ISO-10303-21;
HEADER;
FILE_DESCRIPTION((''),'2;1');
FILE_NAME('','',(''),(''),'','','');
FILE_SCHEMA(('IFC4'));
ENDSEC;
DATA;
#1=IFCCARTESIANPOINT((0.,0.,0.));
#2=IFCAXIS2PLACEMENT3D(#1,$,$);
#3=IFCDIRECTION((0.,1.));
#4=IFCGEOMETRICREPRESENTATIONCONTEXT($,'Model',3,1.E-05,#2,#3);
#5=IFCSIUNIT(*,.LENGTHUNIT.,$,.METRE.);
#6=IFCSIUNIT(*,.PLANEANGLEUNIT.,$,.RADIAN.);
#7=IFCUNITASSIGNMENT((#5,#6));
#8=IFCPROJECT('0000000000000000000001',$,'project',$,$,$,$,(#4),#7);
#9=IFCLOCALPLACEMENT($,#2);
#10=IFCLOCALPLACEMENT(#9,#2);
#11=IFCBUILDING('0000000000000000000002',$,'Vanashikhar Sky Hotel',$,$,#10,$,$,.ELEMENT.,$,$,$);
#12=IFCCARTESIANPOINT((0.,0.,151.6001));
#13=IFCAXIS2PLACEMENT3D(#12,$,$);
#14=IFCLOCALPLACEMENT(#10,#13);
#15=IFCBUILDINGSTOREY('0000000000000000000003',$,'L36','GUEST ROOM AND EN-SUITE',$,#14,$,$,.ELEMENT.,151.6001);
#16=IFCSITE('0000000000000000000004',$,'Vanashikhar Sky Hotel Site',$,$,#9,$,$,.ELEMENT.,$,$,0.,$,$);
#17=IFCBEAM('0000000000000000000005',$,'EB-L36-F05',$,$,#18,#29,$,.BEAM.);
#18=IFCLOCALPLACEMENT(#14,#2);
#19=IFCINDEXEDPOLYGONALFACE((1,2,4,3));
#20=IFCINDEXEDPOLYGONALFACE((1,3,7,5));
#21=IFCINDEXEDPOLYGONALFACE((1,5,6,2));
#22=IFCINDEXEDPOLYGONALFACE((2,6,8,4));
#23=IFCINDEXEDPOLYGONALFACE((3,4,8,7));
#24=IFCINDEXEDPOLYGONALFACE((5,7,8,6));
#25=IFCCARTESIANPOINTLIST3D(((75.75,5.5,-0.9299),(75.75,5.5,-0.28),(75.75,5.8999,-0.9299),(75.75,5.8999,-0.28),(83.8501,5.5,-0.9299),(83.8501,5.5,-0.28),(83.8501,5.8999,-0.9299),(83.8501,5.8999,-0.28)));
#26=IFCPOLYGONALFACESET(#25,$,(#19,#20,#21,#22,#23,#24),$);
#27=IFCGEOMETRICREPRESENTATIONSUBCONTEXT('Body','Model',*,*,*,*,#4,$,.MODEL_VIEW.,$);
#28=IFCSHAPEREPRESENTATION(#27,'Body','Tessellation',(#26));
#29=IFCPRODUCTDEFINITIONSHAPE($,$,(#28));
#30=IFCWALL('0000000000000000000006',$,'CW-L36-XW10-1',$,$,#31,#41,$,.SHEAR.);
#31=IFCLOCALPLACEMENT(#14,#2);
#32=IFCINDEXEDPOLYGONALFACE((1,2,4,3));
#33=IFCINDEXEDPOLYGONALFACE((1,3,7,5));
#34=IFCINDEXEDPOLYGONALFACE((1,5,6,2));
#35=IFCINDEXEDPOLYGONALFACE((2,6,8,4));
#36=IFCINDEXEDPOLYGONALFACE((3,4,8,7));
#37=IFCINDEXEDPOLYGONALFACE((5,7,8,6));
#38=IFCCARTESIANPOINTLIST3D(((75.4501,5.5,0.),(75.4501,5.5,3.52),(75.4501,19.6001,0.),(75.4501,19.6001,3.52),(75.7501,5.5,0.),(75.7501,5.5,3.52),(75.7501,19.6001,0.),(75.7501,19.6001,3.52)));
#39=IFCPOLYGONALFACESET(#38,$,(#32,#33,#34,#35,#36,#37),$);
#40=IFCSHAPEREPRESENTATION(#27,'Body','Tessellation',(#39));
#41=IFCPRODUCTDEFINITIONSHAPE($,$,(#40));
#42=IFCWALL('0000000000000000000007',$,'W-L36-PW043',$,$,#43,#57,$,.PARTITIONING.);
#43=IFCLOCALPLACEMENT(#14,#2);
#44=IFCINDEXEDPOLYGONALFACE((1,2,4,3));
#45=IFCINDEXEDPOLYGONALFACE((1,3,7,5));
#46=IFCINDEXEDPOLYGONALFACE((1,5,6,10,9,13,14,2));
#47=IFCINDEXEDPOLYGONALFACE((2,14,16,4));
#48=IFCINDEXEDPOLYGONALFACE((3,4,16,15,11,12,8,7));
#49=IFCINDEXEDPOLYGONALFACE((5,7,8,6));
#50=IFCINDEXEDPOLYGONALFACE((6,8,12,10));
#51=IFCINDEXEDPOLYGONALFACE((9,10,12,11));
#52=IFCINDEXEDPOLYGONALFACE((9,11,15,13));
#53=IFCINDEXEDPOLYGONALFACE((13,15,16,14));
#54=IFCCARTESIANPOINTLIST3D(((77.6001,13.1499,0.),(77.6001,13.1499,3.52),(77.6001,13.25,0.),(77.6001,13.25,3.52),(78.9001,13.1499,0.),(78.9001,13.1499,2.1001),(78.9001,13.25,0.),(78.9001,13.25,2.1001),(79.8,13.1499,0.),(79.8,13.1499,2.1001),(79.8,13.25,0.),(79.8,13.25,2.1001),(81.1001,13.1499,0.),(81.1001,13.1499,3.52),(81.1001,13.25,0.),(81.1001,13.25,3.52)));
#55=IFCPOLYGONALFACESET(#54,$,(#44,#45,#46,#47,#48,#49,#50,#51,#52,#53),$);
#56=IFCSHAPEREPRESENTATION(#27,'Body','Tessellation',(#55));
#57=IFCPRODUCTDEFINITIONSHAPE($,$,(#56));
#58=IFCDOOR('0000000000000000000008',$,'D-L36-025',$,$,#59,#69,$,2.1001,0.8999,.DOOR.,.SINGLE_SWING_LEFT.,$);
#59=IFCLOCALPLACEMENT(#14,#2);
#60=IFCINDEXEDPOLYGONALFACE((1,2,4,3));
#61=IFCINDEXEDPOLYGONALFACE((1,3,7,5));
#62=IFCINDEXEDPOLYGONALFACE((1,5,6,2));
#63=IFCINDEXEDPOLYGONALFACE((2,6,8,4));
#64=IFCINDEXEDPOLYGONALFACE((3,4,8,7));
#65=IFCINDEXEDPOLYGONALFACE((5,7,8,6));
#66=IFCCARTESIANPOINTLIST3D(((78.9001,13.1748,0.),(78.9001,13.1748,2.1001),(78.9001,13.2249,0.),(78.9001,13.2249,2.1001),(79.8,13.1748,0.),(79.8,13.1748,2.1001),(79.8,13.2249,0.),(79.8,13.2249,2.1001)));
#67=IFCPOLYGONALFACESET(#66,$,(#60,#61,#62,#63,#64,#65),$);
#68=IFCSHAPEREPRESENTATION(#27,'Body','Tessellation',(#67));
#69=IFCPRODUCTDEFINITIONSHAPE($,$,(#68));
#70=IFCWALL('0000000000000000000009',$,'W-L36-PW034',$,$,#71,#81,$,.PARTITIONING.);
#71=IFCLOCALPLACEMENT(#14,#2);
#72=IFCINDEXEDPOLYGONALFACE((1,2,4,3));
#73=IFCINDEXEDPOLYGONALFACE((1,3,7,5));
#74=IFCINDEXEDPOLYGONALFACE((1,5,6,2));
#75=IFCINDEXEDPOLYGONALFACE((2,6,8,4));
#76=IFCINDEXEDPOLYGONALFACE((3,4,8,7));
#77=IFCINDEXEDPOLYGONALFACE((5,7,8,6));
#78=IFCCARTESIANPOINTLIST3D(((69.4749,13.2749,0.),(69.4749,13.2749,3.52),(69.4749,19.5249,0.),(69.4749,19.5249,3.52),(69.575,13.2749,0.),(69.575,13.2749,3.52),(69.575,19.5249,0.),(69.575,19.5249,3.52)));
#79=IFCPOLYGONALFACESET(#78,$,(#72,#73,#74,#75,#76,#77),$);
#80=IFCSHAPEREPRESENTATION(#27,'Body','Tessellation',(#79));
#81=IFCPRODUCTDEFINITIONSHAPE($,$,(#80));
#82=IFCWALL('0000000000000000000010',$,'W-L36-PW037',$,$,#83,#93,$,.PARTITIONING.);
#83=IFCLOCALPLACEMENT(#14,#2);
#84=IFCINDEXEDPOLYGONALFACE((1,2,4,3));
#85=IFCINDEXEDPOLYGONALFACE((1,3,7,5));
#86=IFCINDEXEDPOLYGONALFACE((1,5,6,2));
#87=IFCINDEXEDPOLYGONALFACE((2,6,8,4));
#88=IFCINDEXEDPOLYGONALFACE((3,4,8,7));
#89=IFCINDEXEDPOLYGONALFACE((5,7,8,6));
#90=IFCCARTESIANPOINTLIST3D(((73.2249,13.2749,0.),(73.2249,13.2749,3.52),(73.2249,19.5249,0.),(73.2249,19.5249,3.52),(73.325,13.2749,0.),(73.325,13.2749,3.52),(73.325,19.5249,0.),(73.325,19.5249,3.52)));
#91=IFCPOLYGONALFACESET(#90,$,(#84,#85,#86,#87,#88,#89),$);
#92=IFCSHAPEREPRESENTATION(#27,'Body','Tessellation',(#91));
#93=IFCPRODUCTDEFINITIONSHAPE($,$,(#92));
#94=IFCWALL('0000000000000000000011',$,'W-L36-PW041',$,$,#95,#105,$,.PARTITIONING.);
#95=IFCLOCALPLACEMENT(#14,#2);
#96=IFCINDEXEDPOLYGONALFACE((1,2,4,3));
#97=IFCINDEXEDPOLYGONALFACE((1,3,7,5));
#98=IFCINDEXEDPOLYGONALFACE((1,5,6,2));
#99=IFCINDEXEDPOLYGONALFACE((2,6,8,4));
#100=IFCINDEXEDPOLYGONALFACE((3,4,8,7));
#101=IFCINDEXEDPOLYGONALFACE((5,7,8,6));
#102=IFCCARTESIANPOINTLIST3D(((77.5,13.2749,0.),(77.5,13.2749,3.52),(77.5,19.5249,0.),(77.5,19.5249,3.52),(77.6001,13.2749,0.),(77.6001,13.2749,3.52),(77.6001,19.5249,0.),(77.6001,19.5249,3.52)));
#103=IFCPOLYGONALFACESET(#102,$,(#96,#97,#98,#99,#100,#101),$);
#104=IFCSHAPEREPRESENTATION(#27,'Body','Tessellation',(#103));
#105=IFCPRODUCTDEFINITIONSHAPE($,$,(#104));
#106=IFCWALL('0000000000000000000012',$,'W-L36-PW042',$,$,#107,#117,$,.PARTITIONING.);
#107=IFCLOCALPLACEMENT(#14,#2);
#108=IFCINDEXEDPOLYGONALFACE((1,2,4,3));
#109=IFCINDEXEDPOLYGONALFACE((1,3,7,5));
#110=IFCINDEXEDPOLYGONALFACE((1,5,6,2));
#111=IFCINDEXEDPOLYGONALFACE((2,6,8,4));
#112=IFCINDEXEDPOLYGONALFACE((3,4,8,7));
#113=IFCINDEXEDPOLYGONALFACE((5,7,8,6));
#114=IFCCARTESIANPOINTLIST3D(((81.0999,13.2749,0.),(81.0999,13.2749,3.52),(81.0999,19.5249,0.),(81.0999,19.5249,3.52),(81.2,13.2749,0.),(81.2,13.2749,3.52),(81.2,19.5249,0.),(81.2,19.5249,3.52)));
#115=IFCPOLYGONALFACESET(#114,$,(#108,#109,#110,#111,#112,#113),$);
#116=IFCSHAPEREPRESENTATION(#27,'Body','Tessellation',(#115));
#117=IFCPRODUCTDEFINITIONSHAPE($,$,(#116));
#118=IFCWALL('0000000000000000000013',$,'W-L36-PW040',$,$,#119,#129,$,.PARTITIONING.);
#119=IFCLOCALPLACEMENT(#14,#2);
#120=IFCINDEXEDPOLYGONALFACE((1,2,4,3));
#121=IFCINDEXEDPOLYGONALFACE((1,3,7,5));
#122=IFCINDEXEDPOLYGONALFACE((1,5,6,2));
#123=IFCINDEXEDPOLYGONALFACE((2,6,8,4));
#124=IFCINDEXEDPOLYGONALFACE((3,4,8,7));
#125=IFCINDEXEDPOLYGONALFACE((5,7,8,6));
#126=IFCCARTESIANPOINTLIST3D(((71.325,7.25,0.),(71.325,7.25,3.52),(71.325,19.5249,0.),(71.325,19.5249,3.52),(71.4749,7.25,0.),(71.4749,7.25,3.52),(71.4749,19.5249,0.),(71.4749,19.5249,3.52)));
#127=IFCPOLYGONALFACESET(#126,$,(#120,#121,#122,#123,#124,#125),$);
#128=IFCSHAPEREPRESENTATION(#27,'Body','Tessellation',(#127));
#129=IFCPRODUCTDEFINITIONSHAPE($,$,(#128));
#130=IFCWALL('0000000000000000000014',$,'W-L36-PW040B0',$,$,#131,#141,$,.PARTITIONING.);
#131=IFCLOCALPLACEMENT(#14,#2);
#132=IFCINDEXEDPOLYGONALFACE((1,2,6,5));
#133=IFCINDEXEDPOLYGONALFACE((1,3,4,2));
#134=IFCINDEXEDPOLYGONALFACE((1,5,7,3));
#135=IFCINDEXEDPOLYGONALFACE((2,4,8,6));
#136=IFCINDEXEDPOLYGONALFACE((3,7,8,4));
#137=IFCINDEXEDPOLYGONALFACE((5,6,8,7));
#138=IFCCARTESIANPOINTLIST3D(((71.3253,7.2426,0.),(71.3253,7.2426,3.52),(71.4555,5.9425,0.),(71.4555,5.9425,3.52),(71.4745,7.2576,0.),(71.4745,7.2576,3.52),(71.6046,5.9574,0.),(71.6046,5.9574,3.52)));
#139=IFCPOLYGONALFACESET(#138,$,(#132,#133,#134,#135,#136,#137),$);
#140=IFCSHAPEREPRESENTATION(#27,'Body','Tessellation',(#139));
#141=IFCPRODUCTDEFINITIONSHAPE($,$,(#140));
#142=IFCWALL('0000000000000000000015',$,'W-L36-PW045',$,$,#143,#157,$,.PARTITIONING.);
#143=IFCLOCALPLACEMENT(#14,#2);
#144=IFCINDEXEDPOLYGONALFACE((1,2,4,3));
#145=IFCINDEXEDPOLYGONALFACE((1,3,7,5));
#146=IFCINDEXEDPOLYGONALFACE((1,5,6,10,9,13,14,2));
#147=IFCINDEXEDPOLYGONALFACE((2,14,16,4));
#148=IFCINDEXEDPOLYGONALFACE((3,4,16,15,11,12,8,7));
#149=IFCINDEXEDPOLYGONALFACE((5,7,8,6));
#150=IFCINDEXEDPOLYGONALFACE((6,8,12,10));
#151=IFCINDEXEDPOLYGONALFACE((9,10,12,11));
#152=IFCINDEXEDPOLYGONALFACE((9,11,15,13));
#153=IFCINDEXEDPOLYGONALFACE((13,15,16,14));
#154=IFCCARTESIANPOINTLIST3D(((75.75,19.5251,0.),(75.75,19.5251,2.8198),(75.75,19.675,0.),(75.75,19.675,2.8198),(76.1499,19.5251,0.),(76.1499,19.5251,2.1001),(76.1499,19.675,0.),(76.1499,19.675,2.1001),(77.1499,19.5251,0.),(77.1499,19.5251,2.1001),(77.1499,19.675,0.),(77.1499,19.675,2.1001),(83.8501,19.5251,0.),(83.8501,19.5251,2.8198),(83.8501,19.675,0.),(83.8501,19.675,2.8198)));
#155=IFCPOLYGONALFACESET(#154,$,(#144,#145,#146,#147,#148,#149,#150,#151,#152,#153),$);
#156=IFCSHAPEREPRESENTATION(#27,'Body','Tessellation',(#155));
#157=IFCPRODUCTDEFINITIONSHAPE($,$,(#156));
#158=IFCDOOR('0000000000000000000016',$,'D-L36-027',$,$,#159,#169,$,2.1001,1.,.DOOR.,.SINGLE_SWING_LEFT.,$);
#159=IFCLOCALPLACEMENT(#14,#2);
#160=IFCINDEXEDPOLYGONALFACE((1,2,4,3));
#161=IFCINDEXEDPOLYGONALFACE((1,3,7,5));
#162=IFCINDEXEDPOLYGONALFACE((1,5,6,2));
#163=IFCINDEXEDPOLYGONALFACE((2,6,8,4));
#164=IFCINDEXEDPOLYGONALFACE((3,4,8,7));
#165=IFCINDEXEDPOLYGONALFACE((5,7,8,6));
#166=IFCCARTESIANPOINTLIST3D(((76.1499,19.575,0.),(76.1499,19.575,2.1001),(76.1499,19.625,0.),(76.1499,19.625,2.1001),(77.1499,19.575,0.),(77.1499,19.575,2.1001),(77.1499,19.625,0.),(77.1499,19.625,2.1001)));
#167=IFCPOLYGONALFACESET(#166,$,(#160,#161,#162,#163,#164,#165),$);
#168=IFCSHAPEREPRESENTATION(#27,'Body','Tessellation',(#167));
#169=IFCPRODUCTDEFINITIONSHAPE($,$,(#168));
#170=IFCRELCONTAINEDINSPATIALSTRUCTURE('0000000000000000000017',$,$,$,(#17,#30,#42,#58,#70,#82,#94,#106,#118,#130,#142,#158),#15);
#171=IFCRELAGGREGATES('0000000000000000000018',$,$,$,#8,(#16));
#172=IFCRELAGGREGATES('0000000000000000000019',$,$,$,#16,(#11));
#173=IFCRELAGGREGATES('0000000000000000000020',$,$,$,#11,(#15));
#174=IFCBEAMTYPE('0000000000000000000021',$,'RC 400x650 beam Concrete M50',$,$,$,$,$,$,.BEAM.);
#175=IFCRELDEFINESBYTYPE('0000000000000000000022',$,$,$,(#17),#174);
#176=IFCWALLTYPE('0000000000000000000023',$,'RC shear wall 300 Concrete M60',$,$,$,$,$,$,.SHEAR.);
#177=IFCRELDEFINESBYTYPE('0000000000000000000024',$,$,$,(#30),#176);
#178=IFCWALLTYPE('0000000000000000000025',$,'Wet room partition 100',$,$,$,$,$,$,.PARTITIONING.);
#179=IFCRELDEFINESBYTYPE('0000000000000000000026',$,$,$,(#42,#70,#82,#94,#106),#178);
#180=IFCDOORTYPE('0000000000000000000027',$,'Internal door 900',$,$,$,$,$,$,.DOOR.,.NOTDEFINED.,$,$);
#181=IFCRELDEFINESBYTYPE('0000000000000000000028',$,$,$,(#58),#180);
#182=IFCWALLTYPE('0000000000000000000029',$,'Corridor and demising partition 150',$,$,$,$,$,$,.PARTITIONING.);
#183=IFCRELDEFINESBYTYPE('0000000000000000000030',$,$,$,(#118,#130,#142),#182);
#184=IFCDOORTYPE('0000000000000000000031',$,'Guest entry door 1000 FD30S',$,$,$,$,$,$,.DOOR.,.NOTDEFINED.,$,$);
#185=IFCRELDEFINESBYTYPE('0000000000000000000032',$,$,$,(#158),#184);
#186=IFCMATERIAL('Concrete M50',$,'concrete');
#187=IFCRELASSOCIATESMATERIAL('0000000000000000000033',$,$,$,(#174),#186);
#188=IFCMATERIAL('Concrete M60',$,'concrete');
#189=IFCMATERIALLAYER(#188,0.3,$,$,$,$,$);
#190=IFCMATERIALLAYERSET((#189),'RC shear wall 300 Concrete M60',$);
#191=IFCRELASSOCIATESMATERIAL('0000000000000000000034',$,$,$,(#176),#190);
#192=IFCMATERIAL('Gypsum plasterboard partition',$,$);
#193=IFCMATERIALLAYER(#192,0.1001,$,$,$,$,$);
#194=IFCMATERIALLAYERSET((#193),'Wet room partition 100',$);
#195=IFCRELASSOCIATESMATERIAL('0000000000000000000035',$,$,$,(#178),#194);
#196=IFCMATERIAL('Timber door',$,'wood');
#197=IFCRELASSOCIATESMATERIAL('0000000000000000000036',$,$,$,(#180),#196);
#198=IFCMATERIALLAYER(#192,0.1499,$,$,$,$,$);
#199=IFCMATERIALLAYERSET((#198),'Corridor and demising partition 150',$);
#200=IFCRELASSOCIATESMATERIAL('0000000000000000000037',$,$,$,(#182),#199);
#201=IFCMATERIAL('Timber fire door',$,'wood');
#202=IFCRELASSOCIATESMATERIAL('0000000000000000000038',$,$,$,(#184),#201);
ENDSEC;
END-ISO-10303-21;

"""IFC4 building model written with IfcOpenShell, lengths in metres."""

from ifc_helpers import new_model, si_unit, direction, frame, frame_2d, origin, origin_2d, place, context, subcontext, project, spatial, rectangle, extrude, source, transform, mapped, material, layer, layer_set, material_profile, profile_set, type_object, element, fill, save


model = new_model("IFC4")

# Units and contexts
model_context = context("Model", 3, precision=1e-05, world=origin(), true_north=direction((0.0, 1.0)))
body_context = subcontext(model_context, "Body", "Model", "MODEL_VIEW")
ifc_project = project(units=[si_unit("LENGTHUNIT", "METRE"), si_unit("PLANEANGLEUNIT", "RADIAN")], contexts=[model_context])

# Site, building, storey
site_placement = place(None, origin())
site = spatial("IfcSite", under=ifc_project, at=site_placement, Name="Vanashikhar Sky Hotel Site", CompositionType="ELEMENT", RefElevation=0.0)
building_placement = place(site_placement, origin())
building = spatial("IfcBuilding", under=site, at=building_placement, Name="Vanashikhar Sky Hotel", CompositionType="ELEMENT")
storey_placement = place(building_placement, frame((0.0, 0.0, 151.6001)))
storey = spatial("IfcBuildingStorey", under=building, at=storey_placement, Name="L36", Description="GUEST ROOM AND EN-SUITE", CompositionType="ELEMENT", Elevation=151.6001)

# Beam
ifc_material_1 = material(Name="Concrete M50", Category="concrete")
ifc_material_profile = material_profile(ifc_material_1, rectangle(XDim=0.3999, YDim=0.6499, at=origin_2d()))
ifc_profile_set = profile_set([ifc_material_profile], Name="RC 400x650 beam Concrete M50")
beam_type = type_object("IfcBeamType", Name="RC 400x650 beam Concrete M50", PredefinedType="BEAM", material=ifc_profile_set)
shared_shape_1 = source(origin(), body_context, "Body", "SweptSolid", [
    extrude(rectangle(XDim=0.3999, YDim=0.6499, at=origin_2d()), origin(), (0.0, 0.0, 1.0), 8.1001),
])
beam_placement = place(storey_placement, frame((75.75, 5.7, -0.605), z_axis=(1.0, 0.0, 0.0), x_axis=(0.0, 1.0, 0.0)))
element("IfcBeam", 1, at=beam_placement, inside=storey, type_object=beam_type, Name="EB-L36-F05", PredefinedType="BEAM", context=body_context, shape_type="MappedRepresentation", body=[
    mapped(shared_shape_1, transform((0.0, 0.0, 0.0), scale=1.0)),
])

# Wall
ifc_material_2 = material(Name="Concrete M60", Category="concrete")
ifc_layer_1 = layer(ifc_material_2, 0.3)
ifc_layer_set_1 = layer_set([ifc_layer_1], Name="RC shear wall 300 Concrete M60")
wall_type_1 = type_object("IfcWallType", Name="RC shear wall 300 Concrete M60", PredefinedType="SHEAR", material=ifc_layer_set_1)
shared_shape_2 = source(origin(), body_context, "Body", "SweptSolid", [
    extrude(rectangle(XDim=14.1001, YDim=0.3, at=frame_2d((7.05, 0.0))), origin(), (0.0, 0.0, 1.0), 3.52),
])
wall_1_placement = place(storey_placement, frame((75.6001, 5.5, 0.0), z_axis=(0.0, 0.0, 1.0), x_axis=(0.0, 1.0, 0.0)))
element("IfcWall", 2, at=wall_1_placement, inside=storey, type_object=wall_type_1, Name="CW-L36-XW10-1", PredefinedType="SHEAR", context=body_context, shape_type="MappedRepresentation", body=[
    mapped(shared_shape_2, transform((0.0, 0.0, 0.0), scale=1.0)),
])

# Wall, opening, door
ifc_material_3 = material(Name="Gypsum plasterboard partition")
ifc_layer_2 = layer(ifc_material_3, 0.1001)
ifc_layer_set_2 = layer_set([ifc_layer_2], Name="Wet room partition 100")
wall_type_2 = type_object("IfcWallType", Name="Wet room partition 100", PredefinedType="PARTITIONING", material=ifc_layer_set_2)
shared_shape_3 = source(origin(), body_context, "Body", "SweptSolid", [
    extrude(rectangle(XDim=3.5, YDim=0.1001, at=frame_2d((1.75, 0.0))), origin(), (0.0, 0.0, 1.0), 3.52),
])
wall_2_placement = place(storey_placement, frame((77.6001, 13.2, 0.0), z_axis=(0.0, 0.0, 1.0), x_axis=(1.0, 0.0, 0.0)))
wall_2 = element("IfcWall", 3, at=wall_2_placement, inside=storey, type_object=wall_type_2, Name="W-L36-PW043", PredefinedType="PARTITIONING", context=body_context, shape_type="MappedRepresentation", body=[
    mapped(shared_shape_3, transform((0.0, 0.0, 0.0), scale=1.0)),
])
shared_shape_4 = source(origin(), body_context, "Body", "SweptSolid", [
    extrude(rectangle(XDim=0.8999, YDim=2.1001, at=frame_2d((0.45, 1.05))), frame((0.0, 0.0601, 0.0), z_axis=(0.0, -1.0, 0.0), x_axis=(1.0, 0.0, 0.0)), (0.0, 0.0, 1.0), 0.1201),
])
opening_1_placement = place(wall_2_placement, frame((1.3, 0.0, 0.0)))
opening_1 = element("IfcOpeningElement", 4, at=opening_1_placement, cuts=wall_2, PredefinedType="OPENING", context=body_context, shape_type="MappedRepresentation", body=[
    mapped(shared_shape_4, transform((0.0, 0.0, 0.0), scale=1.0)),
])
ifc_material_4 = material(Name="Timber door", Category="wood")
door_type_1 = type_object("IfcDoorType", Name="Internal door 900", OperationType="NOTDEFINED", PredefinedType="DOOR", material=ifc_material_4)
shared_shape_5 = source(origin(), body_context, "Body", "SweptSolid", [
    extrude(rectangle(XDim=0.8999, YDim=2.1001, at=frame_2d((0.45, 1.05))), frame((0.0, 0.0249, 0.0), z_axis=(0.0, -1.0, 0.0), x_axis=(1.0, 0.0, 0.0)), (0.0, 0.0, 1.0), 0.05),
])
door_1_placement = place(opening_1_placement, origin())
door_1 = element("IfcDoor", 5, at=door_1_placement, inside=storey, type_object=door_type_1, Name="D-L36-025", OperationType="SINGLE_SWING_LEFT", OverallHeight=2.1001, OverallWidth=0.8999, PredefinedType="DOOR", context=body_context, shape_type="MappedRepresentation", body=[
    mapped(shared_shape_5, transform((0.0, 0.0, 0.0), scale=1.0)),
])
fill(opening_1, door_1)

# Walls
shared_shape_6 = source(origin(), body_context, "Body", "SweptSolid", [
    extrude(rectangle(XDim=6.25, YDim=0.1001, at=frame_2d((3.125, 0.0))), origin(), (0.0, 0.0, 1.0), 3.52),
])
for number, where, z_axis, x_axis, name in (
    (6, (69.5249, 13.2749, 0.0), (0.0, 0.0, 1.0), (0.0, 1.0, 0.0), "W-L36-PW034"),
    (7, (73.2749, 13.2749, 0.0), (0.0, 0.0, 1.0), (0.0, 1.0, 0.0), "W-L36-PW037"),
    (8, (77.55, 13.2749, 0.0), (0.0, 0.0, 1.0), (0.0, 1.0, 0.0), "W-L36-PW041"),
    (9, (81.1499, 13.2749, 0.0), (0.0, 0.0, 1.0), (0.0, 1.0, 0.0), "W-L36-PW042"),
):
    element("IfcWall", number, at=place(storey_placement, frame(where, z_axis=z_axis, x_axis=x_axis)), inside=storey, type_object=wall_type_2, Name=name, PredefinedType="PARTITIONING", context=body_context, shape_type="MappedRepresentation", body=[
        mapped(shared_shape_6, transform((0.0, 0.0, 0.0), scale=1.0)),
    ])
ifc_layer_3 = layer(ifc_material_3, 0.1499)
ifc_layer_set_3 = layer_set([ifc_layer_3], Name="Corridor and demising partition 150")
wall_type_3 = type_object("IfcWallType", Name="Corridor and demising partition 150", PredefinedType="PARTITIONING", material=ifc_layer_set_3)
shared_shape_7 = source(origin(), body_context, "Body", "SweptSolid", [
    extrude(rectangle(XDim=12.2749, YDim=0.1499, at=frame_2d((6.1375, 0.0))), origin(), (0.0, 0.0, 1.0), 3.52),
])
wall_3_placement = place(storey_placement, frame((71.3999, 7.25, 0.0), z_axis=(0.0, 0.0, 1.0), x_axis=(0.0, 1.0, 0.0)))
element("IfcWall", 10, at=wall_3_placement, inside=storey, type_object=wall_type_3, Name="W-L36-PW040", PredefinedType="PARTITIONING", context=body_context, shape_type="MappedRepresentation", body=[
    mapped(shared_shape_7, transform((0.0, 0.0, 0.0), scale=1.0)),
])
shared_shape_8 = source(origin(), body_context, "Body", "SweptSolid", [
    extrude(rectangle(XDim=1.3066, YDim=0.1499, at=frame_2d((0.6533, 0.0))), origin(), (0.0, 0.0, 1.0), 3.52),
])
wall_4_placement = place(storey_placement, frame((71.53, 5.95, 0.0), z_axis=(0.0, 0.0, 1.0), x_axis=(-0.099596, 0.995028, 0.0)))
element("IfcWall", 11, at=wall_4_placement, inside=storey, type_object=wall_type_3, Name="W-L36-PW040B0", PredefinedType="PARTITIONING", context=body_context, shape_type="MappedRepresentation", body=[
    mapped(shared_shape_8, transform((0.0, 0.0, 0.0), scale=1.0)),
])

# Wall, opening, door
shared_shape_9 = source(origin(), body_context, "Body", "SweptSolid", [
    extrude(rectangle(XDim=8.1001, YDim=0.1499, at=frame_2d((4.05, 0.0))), origin(), (0.0, 0.0, 1.0), 2.8198),
])
wall_5_placement = place(storey_placement, frame((75.75, 19.6001, 0.0), z_axis=(0.0, 0.0, 1.0), x_axis=(1.0, 0.0, 0.0)))
wall_5 = element("IfcWall", 12, at=wall_5_placement, inside=storey, type_object=wall_type_3, Name="W-L36-PW045", PredefinedType="PARTITIONING", context=body_context, shape_type="MappedRepresentation", body=[
    mapped(shared_shape_9, transform((0.0, 0.0, 0.0), scale=1.0)),
])
shared_shape_10 = source(origin(), body_context, "Body", "SweptSolid", [
    extrude(rectangle(XDim=1.0, YDim=2.1001, at=frame_2d((0.5, 1.05))), frame((0.0, 0.085, 0.0), z_axis=(0.0, -1.0, 0.0), x_axis=(1.0, 0.0, 0.0)), (0.0, 0.0, 1.0), 0.1699),
])
opening_2_placement = place(wall_5_placement, frame((0.3999, 0.0, 0.0)))
opening_2 = element("IfcOpeningElement", 13, at=opening_2_placement, cuts=wall_5, PredefinedType="OPENING", context=body_context, shape_type="MappedRepresentation", body=[
    mapped(shared_shape_10, transform((0.0, 0.0, 0.0), scale=1.0)),
])
ifc_material_5 = material(Name="Timber fire door", Category="wood")
door_type_2 = type_object("IfcDoorType", Name="Guest entry door 1000 FD30S", OperationType="NOTDEFINED", PredefinedType="DOOR", material=ifc_material_5)
shared_shape_11 = source(origin(), body_context, "Body", "SweptSolid", [
    extrude(rectangle(XDim=1.0, YDim=2.1001, at=frame_2d((0.5, 1.05))), frame((0.0, 0.0249, 0.0), z_axis=(0.0, -1.0, 0.0), x_axis=(1.0, 0.0, 0.0)), (0.0, 0.0, 1.0), 0.05),
])
door_2_placement = place(opening_2_placement, origin())
door_2 = element("IfcDoor", 14, at=door_2_placement, inside=storey, type_object=door_type_2, Name="D-L36-027", OperationType="SINGLE_SWING_LEFT", OverallHeight=2.1001, OverallWidth=1.0, PredefinedType="DOOR", context=body_context, shape_type="MappedRepresentation", body=[
    mapped(shared_shape_11, transform((0.0, 0.0, 0.0), scale=1.0)),
])
fill(opening_2, door_2)

save(model, "model.ifc")
